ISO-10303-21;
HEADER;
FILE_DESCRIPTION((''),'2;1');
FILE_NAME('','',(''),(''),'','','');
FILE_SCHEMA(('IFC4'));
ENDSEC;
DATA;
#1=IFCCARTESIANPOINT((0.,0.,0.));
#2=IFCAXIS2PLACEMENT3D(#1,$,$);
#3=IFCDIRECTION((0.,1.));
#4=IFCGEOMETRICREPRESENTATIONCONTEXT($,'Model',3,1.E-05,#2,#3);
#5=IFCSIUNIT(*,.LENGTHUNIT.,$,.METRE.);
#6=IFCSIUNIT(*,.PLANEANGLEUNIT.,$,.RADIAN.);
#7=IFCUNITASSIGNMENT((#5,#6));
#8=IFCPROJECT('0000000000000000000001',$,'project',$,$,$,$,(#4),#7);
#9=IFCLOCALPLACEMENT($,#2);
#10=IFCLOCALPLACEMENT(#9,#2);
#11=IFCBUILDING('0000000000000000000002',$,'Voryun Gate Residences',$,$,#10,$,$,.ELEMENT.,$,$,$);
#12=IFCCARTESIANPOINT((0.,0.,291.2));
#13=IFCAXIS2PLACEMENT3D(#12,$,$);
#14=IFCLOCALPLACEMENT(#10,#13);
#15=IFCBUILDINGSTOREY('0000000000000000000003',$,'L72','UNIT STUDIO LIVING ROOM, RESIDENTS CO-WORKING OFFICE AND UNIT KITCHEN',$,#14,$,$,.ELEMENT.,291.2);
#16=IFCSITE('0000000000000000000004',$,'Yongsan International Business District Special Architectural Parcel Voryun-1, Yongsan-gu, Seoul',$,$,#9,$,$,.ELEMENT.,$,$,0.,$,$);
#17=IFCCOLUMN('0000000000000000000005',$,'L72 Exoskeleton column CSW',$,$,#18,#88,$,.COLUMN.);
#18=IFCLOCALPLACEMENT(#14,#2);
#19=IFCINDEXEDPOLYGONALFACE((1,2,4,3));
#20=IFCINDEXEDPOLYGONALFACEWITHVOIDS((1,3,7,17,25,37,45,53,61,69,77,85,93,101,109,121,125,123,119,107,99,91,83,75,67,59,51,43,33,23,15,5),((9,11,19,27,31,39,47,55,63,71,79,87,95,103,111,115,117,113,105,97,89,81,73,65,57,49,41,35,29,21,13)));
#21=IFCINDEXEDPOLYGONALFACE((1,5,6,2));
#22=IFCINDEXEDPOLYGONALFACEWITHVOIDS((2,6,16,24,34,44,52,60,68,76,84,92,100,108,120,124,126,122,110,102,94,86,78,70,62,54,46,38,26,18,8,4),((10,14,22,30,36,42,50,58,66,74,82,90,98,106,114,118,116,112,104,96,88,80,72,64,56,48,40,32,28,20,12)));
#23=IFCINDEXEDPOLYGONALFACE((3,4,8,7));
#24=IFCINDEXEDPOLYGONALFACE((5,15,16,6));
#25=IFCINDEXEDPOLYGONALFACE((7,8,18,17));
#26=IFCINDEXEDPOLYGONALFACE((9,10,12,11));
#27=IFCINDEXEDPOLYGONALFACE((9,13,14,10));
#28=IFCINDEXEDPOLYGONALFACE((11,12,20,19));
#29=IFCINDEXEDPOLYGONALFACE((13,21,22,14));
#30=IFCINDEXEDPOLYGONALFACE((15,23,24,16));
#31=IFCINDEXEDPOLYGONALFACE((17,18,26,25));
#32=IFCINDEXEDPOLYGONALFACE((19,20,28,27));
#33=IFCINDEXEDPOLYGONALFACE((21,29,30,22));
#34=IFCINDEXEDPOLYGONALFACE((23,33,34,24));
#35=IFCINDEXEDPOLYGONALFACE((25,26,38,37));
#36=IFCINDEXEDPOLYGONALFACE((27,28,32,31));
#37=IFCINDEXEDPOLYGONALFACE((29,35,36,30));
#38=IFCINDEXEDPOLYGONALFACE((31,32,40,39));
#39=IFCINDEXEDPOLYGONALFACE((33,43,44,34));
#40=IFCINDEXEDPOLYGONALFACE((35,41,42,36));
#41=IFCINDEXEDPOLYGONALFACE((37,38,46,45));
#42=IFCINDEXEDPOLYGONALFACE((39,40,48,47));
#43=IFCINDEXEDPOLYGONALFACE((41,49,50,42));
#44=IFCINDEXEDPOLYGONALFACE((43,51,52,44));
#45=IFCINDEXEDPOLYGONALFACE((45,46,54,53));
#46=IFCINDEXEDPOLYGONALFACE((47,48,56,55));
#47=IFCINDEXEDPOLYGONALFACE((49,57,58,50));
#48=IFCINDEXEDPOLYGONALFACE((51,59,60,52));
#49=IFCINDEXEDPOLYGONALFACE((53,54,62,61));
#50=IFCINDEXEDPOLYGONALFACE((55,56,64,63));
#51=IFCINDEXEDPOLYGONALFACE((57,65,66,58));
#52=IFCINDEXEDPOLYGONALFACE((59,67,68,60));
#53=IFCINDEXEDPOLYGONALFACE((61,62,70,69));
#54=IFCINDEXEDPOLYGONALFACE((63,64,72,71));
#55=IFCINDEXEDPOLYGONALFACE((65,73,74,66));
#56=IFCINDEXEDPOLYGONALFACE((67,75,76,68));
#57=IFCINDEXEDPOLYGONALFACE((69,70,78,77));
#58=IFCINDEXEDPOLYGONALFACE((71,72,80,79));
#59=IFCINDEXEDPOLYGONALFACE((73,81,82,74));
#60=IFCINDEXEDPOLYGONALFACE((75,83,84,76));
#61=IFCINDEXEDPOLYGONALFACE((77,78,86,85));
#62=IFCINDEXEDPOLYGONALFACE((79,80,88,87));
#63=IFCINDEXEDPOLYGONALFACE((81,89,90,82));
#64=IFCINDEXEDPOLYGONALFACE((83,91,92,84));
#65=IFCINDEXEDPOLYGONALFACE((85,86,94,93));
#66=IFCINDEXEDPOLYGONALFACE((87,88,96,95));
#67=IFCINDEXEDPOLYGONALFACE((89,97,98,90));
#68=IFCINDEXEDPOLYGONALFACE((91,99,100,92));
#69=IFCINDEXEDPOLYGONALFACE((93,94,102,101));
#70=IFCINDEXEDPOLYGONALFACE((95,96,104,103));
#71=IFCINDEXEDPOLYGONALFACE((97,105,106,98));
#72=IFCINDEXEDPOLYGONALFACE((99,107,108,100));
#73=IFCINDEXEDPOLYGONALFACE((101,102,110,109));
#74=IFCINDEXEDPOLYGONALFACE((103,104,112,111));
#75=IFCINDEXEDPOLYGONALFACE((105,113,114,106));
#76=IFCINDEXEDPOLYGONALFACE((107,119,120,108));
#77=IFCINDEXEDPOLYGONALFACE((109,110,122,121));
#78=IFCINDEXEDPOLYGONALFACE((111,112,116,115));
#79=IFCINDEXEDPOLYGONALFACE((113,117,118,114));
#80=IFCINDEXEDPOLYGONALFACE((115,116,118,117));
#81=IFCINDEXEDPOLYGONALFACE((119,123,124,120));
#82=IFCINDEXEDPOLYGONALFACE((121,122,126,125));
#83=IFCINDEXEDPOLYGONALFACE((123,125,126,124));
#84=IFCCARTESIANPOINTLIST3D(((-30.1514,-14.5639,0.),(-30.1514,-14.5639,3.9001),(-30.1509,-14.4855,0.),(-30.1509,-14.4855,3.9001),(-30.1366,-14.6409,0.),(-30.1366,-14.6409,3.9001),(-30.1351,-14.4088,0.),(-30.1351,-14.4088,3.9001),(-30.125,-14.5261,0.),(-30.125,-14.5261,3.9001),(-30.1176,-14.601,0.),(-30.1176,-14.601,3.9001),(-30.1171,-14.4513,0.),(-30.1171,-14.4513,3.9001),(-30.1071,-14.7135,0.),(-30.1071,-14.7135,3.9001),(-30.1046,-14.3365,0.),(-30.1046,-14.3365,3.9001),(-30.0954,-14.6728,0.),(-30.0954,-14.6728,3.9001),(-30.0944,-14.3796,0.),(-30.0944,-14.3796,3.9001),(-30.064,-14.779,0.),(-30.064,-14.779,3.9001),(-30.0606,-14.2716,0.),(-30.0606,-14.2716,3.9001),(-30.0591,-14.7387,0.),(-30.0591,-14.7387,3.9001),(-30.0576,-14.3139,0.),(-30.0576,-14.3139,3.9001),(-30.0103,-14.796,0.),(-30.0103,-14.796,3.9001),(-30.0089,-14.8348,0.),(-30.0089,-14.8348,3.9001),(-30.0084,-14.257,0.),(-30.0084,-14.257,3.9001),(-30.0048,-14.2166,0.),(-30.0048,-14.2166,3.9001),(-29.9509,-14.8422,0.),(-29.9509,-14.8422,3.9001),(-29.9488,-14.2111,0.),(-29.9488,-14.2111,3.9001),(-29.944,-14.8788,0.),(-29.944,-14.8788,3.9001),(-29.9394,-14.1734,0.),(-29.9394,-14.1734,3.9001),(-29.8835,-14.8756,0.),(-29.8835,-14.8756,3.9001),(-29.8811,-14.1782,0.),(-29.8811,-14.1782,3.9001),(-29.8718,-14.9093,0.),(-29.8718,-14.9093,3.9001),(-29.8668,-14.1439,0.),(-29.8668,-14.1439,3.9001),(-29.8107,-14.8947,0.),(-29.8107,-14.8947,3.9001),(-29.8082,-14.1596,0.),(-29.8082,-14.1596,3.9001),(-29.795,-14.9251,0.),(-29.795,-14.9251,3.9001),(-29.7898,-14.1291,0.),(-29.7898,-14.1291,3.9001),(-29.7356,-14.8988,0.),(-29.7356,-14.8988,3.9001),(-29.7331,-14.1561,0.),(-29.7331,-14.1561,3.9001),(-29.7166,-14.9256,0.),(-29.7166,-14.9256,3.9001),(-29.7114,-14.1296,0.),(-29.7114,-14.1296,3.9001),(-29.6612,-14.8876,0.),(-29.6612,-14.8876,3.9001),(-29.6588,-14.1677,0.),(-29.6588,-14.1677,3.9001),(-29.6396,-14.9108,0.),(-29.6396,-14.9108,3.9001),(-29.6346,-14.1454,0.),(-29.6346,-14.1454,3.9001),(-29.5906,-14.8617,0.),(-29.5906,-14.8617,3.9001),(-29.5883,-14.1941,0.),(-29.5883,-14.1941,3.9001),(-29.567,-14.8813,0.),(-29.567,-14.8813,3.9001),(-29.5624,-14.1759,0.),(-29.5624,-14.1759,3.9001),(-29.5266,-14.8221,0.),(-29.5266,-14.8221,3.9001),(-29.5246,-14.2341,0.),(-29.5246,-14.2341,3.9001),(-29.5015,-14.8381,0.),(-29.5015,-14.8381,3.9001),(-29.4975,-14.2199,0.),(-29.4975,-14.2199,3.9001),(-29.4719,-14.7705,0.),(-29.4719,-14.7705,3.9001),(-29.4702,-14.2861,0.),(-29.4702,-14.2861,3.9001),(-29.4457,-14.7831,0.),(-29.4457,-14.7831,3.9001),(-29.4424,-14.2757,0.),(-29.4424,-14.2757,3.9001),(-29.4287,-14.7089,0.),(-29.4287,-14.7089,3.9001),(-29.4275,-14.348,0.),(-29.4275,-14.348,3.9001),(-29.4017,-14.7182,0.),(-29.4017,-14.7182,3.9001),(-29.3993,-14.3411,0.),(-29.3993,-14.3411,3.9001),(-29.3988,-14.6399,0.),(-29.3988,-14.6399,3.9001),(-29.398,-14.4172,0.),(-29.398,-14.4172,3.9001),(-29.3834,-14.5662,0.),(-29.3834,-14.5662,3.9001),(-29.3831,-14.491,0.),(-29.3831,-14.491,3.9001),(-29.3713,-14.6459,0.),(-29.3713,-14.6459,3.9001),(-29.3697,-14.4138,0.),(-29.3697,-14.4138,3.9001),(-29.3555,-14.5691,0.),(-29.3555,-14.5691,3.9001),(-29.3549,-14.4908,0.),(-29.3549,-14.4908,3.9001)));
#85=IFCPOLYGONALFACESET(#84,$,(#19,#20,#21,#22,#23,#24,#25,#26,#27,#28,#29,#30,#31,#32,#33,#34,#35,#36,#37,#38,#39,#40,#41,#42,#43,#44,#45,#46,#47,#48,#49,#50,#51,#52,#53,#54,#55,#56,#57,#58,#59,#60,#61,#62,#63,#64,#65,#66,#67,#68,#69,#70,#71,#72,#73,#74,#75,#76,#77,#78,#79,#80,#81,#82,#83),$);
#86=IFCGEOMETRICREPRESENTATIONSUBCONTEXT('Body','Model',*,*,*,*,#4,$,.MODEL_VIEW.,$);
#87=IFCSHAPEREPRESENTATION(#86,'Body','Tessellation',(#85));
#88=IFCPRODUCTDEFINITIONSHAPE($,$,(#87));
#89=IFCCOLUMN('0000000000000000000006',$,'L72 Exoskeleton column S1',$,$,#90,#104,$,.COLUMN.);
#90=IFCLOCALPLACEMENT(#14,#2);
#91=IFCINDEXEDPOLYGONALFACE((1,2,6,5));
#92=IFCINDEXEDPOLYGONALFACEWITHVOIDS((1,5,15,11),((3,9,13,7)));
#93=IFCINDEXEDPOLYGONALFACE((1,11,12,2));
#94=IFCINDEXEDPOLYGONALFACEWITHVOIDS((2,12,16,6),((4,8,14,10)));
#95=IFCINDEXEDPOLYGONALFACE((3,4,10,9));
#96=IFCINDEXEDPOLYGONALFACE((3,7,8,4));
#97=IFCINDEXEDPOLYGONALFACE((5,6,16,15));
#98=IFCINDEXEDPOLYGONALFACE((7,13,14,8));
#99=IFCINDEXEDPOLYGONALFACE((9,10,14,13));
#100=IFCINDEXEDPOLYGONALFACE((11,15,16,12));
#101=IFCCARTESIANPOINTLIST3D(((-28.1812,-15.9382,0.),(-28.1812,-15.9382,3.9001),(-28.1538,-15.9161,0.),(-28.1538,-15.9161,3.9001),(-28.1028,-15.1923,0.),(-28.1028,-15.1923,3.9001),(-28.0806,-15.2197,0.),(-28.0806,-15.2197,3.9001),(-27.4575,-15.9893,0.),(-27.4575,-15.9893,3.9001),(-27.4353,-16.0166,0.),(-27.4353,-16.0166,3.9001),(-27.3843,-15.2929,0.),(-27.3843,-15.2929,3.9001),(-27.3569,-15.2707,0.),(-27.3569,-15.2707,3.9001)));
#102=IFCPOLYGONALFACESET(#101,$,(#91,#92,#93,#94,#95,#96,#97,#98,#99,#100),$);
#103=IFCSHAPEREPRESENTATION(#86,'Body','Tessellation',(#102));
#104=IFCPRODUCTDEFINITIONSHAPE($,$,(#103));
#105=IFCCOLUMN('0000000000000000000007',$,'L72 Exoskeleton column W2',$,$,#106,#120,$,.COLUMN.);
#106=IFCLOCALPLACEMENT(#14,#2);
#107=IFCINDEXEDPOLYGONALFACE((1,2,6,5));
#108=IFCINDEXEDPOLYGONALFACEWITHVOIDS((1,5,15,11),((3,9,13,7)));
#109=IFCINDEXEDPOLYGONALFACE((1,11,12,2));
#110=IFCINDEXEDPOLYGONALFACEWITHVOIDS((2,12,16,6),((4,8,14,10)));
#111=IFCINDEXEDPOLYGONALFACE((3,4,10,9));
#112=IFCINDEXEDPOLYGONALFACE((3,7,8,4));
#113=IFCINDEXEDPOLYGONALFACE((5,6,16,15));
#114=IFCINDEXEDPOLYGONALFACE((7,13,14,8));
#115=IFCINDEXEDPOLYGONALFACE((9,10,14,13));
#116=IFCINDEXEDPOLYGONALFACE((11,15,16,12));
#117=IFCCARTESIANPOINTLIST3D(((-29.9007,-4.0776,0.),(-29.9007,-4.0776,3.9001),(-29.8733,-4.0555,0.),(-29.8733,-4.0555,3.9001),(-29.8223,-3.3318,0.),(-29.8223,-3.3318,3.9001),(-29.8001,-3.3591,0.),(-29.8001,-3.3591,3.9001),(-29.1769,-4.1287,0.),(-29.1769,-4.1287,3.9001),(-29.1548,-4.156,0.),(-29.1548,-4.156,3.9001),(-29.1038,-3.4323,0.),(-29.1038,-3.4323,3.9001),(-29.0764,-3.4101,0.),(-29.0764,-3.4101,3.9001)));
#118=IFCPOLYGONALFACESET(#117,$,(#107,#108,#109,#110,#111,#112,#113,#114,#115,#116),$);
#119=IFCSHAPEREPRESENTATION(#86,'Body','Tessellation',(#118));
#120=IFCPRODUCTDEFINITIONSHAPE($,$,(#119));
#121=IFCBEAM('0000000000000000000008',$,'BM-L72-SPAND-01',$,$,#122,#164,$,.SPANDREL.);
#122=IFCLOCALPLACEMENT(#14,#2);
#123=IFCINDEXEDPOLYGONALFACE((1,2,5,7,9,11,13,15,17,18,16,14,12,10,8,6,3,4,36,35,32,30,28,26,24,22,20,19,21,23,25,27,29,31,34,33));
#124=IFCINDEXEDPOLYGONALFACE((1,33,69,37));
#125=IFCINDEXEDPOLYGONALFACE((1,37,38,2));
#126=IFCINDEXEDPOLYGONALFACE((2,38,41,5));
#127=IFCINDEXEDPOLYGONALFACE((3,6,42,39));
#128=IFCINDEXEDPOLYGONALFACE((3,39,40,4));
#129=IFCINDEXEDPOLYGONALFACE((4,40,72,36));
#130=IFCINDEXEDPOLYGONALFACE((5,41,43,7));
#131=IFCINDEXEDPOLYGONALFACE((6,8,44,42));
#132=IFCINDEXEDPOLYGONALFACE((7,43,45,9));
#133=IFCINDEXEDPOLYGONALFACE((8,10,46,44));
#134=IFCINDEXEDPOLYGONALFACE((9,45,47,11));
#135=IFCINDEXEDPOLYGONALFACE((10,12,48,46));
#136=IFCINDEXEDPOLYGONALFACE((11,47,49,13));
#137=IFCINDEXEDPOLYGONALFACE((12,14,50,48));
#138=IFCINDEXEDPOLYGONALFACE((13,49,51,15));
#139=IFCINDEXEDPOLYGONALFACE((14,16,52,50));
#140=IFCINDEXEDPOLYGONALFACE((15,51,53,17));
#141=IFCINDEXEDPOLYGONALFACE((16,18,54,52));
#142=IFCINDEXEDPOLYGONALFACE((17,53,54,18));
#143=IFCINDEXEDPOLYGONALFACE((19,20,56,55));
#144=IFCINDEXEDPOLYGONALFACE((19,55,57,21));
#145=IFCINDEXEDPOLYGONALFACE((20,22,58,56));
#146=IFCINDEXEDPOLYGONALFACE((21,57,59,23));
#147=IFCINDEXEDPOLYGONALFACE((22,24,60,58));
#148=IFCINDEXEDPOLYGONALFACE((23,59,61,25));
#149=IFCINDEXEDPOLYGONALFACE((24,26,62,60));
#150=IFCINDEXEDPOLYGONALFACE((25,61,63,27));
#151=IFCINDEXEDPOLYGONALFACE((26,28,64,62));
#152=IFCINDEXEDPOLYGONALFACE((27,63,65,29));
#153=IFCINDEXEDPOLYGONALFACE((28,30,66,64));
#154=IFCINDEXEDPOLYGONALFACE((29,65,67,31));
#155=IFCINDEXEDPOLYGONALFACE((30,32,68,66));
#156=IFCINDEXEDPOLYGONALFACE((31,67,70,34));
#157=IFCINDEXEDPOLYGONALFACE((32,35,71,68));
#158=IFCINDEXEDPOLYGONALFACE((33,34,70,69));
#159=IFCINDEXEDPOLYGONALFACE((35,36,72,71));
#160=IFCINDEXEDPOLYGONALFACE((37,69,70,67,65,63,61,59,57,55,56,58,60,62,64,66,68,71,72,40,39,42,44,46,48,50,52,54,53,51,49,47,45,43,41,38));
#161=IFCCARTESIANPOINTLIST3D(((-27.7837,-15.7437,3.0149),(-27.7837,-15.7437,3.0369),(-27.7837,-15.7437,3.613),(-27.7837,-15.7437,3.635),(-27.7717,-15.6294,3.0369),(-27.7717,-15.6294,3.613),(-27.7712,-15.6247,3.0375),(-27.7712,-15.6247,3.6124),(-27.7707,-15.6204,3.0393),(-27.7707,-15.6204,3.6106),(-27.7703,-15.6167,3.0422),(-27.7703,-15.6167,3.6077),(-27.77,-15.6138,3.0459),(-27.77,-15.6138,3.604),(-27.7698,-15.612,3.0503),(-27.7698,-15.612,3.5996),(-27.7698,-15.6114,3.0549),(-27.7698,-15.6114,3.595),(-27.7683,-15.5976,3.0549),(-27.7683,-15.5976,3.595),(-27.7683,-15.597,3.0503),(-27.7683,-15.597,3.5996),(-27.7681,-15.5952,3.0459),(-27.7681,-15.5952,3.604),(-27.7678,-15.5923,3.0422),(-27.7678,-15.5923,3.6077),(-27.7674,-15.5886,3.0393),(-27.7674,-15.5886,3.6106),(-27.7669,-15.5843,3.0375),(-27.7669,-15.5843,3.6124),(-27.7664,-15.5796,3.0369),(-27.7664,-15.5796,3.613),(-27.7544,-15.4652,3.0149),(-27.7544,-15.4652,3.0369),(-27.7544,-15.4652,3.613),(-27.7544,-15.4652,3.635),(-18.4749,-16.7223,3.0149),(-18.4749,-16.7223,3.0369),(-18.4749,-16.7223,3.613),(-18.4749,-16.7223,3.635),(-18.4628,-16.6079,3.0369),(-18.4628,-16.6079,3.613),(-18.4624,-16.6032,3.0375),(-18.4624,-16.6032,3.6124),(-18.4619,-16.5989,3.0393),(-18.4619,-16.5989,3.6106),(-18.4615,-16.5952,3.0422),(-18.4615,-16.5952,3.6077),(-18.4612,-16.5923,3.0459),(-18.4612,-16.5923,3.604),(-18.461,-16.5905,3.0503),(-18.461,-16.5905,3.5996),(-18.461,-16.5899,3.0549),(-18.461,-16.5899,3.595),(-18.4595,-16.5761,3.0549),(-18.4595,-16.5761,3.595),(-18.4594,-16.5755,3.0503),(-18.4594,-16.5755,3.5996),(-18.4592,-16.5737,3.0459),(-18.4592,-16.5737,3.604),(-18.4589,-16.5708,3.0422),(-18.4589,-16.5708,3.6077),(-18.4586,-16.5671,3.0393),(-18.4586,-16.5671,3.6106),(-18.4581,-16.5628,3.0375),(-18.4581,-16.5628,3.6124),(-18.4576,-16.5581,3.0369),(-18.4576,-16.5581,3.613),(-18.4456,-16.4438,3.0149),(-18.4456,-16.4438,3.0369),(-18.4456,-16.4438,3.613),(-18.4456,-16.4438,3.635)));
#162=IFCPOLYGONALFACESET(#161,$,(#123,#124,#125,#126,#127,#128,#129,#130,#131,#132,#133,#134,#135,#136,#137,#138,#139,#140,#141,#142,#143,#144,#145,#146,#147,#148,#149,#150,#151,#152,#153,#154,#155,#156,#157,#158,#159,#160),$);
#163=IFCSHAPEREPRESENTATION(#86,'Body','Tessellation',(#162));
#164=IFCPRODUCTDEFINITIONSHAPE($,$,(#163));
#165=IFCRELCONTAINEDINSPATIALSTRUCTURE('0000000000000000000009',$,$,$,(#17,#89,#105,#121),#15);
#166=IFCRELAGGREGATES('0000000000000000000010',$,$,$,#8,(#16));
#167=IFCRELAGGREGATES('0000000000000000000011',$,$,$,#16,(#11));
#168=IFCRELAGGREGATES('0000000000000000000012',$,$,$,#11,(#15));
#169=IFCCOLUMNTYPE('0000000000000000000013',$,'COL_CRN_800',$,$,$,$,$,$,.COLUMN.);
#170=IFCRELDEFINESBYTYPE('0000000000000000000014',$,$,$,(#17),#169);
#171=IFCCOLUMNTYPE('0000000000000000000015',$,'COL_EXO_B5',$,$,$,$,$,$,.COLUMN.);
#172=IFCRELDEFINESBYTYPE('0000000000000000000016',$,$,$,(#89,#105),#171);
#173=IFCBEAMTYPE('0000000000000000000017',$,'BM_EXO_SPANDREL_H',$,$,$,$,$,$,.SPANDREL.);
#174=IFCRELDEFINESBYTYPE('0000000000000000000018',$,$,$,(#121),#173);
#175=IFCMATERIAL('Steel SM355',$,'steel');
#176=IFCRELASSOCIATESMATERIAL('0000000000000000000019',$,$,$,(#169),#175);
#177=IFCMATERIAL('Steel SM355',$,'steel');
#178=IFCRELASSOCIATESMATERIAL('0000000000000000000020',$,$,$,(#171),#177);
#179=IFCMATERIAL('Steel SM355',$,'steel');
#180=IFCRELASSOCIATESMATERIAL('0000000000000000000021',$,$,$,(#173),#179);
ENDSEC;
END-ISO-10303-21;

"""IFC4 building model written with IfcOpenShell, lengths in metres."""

from ifc_helpers import new_model, si_unit, direction, frame, origin, origin_2d, place, context, subcontext, project, spatial, hollow_rectangle, hollow_circle, i_section, extrude, material, material_profile, profile_set, type_object, element, save


model = new_model("IFC4")

# Units and contexts
model_context = context("Model", 3, precision=1e-05, world=origin(), true_north=direction((0.0, 1.0)))
body_context = subcontext(model_context, "Body", "Model", "MODEL_VIEW")
ifc_project = project(units=[si_unit("LENGTHUNIT", "METRE"), si_unit("PLANEANGLEUNIT", "RADIAN")], contexts=[model_context])

# Site, building, storey
site_placement = place(None, origin())
site = spatial("IfcSite", under=ifc_project, at=site_placement, Name="Yongsan International Business District Special Architectural Parcel Voryun-1, Yongsan-gu, Seoul", CompositionType="ELEMENT", RefElevation=0.0)
building_placement = place(site_placement, origin())
building = spatial("IfcBuilding", under=site, at=building_placement, Name="Voryun Gate Residences", CompositionType="ELEMENT")
storey_placement = place(building_placement, frame((0.0, 0.0, 291.2)))
storey = spatial("IfcBuildingStorey", under=building, at=storey_placement, Name="L72", Description="UNIT STUDIO LIVING ROOM, RESIDENTS CO-WORKING OFFICE AND UNIT KITCHEN", CompositionType="ELEMENT", Elevation=291.2)

# Columns
ifc_material_1 = material(Name="Steel SM355", Category="steel")
ifc_material_profile_1 = material_profile(ifc_material_1, hollow_circle(Radius=0.3999, WallThickness=0.0281, at=origin_2d()), Name="CHS-800x28")
ifc_profile_set_1 = profile_set([ifc_material_profile_1], Name="Steel SM355")
column_type_1 = type_object("IfcColumnType", Name="COL_CRN_800", PredefinedType="COLUMN", material=ifc_profile_set_1)
column_placement = place(storey_placement, frame((-29.7532, -14.5273, 0.0), z_axis=(0.0, 0.0, 1.0), x_axis=(0.994522, -0.104528, 0.0)))
element("IfcColumn", 1, at=column_placement, inside=storey, type_object=column_type_1, Name="L72 Exoskeleton column CSW", PredefinedType="COLUMN", context=body_context, shape_type="SweptSolid", body=[
    extrude(hollow_circle(Radius=0.3999, WallThickness=0.0281, at=origin_2d()), origin(), (0.0, 0.0, 1.0), 3.9001),
])
ifc_material_2 = material(Name="Steel SM355", Category="steel")
ifc_material_profile_2 = material_profile(ifc_material_2, hollow_rectangle(XDim=0.75, YDim=0.75, WallThickness=0.0249, at=origin_2d()), Name="BOX-750x750x25")
ifc_profile_set_2 = profile_set([ifc_material_profile_2], Name="Steel SM355")
column_type_2 = type_object("IfcColumnType", Name="COL_EXO_B5", PredefinedType="COLUMN", material=ifc_profile_set_2)
for number, where, z_axis, x_axis, name in (
    (2, (-27.769, -15.6045, 0.0), (0.0, 0.0, 1.0), (0.994522, -0.104528, 0.0), "L72 Exoskeleton column S1"),
    (3, (-29.4885, -3.7439, 0.0), (0.0, 0.0, 1.0), (0.994522, -0.104528, 0.0), "L72 Exoskeleton column W2"),
):
    element("IfcColumn", number, at=place(storey_placement, frame(where, z_axis=z_axis, x_axis=x_axis)), inside=storey, type_object=column_type_2, Name=name, PredefinedType="COLUMN", context=body_context, shape_type="SweptSolid", body=[
        extrude(hollow_rectangle(XDim=0.75, YDim=0.75, WallThickness=0.0249, at=origin_2d()), origin(), (0.0, 0.0, 1.0), 3.9001),
    ])

# Beam
ifc_material_3 = material(Name="Steel SM355", Category="steel")
ifc_material_profile_3 = material_profile(ifc_material_3, i_section(OverallWidth=0.28, OverallDepth=0.6201, WebThickness=0.0139, FlangeThickness=0.022, FilletRadius=0.0181, at=origin_2d()), Name="H-620x280x14x22")
ifc_profile_set_3 = profile_set([ifc_material_profile_3], Name="Steel SM355")
beam_type = type_object("IfcBeamType", Name="BM_EXO_SPANDREL_H", PredefinedType="SPANDREL", material=ifc_profile_set_3)
beam_1_placement = place(storey_placement, frame((-27.769, -15.6045, 3.325), z_axis=(0.994521, -0.104541, 0.0), x_axis=(0.104541, 0.994521, 0.0)))
element("IfcBeam", 4, at=beam_1_placement, inside=storey, type_object=beam_type, Name="BM-L72-SPAND-01", PredefinedType="SPANDREL", context=body_context, shape_type="SweptSolid", body=[
    extrude(i_section(OverallWidth=0.28, OverallDepth=0.6201, WebThickness=0.0139, FlangeThickness=0.022, FilletRadius=0.0181, at=origin_2d()), origin(), (0.0, 0.0, 1.0), 9.3601),
])

save(model, "model.ifc")
